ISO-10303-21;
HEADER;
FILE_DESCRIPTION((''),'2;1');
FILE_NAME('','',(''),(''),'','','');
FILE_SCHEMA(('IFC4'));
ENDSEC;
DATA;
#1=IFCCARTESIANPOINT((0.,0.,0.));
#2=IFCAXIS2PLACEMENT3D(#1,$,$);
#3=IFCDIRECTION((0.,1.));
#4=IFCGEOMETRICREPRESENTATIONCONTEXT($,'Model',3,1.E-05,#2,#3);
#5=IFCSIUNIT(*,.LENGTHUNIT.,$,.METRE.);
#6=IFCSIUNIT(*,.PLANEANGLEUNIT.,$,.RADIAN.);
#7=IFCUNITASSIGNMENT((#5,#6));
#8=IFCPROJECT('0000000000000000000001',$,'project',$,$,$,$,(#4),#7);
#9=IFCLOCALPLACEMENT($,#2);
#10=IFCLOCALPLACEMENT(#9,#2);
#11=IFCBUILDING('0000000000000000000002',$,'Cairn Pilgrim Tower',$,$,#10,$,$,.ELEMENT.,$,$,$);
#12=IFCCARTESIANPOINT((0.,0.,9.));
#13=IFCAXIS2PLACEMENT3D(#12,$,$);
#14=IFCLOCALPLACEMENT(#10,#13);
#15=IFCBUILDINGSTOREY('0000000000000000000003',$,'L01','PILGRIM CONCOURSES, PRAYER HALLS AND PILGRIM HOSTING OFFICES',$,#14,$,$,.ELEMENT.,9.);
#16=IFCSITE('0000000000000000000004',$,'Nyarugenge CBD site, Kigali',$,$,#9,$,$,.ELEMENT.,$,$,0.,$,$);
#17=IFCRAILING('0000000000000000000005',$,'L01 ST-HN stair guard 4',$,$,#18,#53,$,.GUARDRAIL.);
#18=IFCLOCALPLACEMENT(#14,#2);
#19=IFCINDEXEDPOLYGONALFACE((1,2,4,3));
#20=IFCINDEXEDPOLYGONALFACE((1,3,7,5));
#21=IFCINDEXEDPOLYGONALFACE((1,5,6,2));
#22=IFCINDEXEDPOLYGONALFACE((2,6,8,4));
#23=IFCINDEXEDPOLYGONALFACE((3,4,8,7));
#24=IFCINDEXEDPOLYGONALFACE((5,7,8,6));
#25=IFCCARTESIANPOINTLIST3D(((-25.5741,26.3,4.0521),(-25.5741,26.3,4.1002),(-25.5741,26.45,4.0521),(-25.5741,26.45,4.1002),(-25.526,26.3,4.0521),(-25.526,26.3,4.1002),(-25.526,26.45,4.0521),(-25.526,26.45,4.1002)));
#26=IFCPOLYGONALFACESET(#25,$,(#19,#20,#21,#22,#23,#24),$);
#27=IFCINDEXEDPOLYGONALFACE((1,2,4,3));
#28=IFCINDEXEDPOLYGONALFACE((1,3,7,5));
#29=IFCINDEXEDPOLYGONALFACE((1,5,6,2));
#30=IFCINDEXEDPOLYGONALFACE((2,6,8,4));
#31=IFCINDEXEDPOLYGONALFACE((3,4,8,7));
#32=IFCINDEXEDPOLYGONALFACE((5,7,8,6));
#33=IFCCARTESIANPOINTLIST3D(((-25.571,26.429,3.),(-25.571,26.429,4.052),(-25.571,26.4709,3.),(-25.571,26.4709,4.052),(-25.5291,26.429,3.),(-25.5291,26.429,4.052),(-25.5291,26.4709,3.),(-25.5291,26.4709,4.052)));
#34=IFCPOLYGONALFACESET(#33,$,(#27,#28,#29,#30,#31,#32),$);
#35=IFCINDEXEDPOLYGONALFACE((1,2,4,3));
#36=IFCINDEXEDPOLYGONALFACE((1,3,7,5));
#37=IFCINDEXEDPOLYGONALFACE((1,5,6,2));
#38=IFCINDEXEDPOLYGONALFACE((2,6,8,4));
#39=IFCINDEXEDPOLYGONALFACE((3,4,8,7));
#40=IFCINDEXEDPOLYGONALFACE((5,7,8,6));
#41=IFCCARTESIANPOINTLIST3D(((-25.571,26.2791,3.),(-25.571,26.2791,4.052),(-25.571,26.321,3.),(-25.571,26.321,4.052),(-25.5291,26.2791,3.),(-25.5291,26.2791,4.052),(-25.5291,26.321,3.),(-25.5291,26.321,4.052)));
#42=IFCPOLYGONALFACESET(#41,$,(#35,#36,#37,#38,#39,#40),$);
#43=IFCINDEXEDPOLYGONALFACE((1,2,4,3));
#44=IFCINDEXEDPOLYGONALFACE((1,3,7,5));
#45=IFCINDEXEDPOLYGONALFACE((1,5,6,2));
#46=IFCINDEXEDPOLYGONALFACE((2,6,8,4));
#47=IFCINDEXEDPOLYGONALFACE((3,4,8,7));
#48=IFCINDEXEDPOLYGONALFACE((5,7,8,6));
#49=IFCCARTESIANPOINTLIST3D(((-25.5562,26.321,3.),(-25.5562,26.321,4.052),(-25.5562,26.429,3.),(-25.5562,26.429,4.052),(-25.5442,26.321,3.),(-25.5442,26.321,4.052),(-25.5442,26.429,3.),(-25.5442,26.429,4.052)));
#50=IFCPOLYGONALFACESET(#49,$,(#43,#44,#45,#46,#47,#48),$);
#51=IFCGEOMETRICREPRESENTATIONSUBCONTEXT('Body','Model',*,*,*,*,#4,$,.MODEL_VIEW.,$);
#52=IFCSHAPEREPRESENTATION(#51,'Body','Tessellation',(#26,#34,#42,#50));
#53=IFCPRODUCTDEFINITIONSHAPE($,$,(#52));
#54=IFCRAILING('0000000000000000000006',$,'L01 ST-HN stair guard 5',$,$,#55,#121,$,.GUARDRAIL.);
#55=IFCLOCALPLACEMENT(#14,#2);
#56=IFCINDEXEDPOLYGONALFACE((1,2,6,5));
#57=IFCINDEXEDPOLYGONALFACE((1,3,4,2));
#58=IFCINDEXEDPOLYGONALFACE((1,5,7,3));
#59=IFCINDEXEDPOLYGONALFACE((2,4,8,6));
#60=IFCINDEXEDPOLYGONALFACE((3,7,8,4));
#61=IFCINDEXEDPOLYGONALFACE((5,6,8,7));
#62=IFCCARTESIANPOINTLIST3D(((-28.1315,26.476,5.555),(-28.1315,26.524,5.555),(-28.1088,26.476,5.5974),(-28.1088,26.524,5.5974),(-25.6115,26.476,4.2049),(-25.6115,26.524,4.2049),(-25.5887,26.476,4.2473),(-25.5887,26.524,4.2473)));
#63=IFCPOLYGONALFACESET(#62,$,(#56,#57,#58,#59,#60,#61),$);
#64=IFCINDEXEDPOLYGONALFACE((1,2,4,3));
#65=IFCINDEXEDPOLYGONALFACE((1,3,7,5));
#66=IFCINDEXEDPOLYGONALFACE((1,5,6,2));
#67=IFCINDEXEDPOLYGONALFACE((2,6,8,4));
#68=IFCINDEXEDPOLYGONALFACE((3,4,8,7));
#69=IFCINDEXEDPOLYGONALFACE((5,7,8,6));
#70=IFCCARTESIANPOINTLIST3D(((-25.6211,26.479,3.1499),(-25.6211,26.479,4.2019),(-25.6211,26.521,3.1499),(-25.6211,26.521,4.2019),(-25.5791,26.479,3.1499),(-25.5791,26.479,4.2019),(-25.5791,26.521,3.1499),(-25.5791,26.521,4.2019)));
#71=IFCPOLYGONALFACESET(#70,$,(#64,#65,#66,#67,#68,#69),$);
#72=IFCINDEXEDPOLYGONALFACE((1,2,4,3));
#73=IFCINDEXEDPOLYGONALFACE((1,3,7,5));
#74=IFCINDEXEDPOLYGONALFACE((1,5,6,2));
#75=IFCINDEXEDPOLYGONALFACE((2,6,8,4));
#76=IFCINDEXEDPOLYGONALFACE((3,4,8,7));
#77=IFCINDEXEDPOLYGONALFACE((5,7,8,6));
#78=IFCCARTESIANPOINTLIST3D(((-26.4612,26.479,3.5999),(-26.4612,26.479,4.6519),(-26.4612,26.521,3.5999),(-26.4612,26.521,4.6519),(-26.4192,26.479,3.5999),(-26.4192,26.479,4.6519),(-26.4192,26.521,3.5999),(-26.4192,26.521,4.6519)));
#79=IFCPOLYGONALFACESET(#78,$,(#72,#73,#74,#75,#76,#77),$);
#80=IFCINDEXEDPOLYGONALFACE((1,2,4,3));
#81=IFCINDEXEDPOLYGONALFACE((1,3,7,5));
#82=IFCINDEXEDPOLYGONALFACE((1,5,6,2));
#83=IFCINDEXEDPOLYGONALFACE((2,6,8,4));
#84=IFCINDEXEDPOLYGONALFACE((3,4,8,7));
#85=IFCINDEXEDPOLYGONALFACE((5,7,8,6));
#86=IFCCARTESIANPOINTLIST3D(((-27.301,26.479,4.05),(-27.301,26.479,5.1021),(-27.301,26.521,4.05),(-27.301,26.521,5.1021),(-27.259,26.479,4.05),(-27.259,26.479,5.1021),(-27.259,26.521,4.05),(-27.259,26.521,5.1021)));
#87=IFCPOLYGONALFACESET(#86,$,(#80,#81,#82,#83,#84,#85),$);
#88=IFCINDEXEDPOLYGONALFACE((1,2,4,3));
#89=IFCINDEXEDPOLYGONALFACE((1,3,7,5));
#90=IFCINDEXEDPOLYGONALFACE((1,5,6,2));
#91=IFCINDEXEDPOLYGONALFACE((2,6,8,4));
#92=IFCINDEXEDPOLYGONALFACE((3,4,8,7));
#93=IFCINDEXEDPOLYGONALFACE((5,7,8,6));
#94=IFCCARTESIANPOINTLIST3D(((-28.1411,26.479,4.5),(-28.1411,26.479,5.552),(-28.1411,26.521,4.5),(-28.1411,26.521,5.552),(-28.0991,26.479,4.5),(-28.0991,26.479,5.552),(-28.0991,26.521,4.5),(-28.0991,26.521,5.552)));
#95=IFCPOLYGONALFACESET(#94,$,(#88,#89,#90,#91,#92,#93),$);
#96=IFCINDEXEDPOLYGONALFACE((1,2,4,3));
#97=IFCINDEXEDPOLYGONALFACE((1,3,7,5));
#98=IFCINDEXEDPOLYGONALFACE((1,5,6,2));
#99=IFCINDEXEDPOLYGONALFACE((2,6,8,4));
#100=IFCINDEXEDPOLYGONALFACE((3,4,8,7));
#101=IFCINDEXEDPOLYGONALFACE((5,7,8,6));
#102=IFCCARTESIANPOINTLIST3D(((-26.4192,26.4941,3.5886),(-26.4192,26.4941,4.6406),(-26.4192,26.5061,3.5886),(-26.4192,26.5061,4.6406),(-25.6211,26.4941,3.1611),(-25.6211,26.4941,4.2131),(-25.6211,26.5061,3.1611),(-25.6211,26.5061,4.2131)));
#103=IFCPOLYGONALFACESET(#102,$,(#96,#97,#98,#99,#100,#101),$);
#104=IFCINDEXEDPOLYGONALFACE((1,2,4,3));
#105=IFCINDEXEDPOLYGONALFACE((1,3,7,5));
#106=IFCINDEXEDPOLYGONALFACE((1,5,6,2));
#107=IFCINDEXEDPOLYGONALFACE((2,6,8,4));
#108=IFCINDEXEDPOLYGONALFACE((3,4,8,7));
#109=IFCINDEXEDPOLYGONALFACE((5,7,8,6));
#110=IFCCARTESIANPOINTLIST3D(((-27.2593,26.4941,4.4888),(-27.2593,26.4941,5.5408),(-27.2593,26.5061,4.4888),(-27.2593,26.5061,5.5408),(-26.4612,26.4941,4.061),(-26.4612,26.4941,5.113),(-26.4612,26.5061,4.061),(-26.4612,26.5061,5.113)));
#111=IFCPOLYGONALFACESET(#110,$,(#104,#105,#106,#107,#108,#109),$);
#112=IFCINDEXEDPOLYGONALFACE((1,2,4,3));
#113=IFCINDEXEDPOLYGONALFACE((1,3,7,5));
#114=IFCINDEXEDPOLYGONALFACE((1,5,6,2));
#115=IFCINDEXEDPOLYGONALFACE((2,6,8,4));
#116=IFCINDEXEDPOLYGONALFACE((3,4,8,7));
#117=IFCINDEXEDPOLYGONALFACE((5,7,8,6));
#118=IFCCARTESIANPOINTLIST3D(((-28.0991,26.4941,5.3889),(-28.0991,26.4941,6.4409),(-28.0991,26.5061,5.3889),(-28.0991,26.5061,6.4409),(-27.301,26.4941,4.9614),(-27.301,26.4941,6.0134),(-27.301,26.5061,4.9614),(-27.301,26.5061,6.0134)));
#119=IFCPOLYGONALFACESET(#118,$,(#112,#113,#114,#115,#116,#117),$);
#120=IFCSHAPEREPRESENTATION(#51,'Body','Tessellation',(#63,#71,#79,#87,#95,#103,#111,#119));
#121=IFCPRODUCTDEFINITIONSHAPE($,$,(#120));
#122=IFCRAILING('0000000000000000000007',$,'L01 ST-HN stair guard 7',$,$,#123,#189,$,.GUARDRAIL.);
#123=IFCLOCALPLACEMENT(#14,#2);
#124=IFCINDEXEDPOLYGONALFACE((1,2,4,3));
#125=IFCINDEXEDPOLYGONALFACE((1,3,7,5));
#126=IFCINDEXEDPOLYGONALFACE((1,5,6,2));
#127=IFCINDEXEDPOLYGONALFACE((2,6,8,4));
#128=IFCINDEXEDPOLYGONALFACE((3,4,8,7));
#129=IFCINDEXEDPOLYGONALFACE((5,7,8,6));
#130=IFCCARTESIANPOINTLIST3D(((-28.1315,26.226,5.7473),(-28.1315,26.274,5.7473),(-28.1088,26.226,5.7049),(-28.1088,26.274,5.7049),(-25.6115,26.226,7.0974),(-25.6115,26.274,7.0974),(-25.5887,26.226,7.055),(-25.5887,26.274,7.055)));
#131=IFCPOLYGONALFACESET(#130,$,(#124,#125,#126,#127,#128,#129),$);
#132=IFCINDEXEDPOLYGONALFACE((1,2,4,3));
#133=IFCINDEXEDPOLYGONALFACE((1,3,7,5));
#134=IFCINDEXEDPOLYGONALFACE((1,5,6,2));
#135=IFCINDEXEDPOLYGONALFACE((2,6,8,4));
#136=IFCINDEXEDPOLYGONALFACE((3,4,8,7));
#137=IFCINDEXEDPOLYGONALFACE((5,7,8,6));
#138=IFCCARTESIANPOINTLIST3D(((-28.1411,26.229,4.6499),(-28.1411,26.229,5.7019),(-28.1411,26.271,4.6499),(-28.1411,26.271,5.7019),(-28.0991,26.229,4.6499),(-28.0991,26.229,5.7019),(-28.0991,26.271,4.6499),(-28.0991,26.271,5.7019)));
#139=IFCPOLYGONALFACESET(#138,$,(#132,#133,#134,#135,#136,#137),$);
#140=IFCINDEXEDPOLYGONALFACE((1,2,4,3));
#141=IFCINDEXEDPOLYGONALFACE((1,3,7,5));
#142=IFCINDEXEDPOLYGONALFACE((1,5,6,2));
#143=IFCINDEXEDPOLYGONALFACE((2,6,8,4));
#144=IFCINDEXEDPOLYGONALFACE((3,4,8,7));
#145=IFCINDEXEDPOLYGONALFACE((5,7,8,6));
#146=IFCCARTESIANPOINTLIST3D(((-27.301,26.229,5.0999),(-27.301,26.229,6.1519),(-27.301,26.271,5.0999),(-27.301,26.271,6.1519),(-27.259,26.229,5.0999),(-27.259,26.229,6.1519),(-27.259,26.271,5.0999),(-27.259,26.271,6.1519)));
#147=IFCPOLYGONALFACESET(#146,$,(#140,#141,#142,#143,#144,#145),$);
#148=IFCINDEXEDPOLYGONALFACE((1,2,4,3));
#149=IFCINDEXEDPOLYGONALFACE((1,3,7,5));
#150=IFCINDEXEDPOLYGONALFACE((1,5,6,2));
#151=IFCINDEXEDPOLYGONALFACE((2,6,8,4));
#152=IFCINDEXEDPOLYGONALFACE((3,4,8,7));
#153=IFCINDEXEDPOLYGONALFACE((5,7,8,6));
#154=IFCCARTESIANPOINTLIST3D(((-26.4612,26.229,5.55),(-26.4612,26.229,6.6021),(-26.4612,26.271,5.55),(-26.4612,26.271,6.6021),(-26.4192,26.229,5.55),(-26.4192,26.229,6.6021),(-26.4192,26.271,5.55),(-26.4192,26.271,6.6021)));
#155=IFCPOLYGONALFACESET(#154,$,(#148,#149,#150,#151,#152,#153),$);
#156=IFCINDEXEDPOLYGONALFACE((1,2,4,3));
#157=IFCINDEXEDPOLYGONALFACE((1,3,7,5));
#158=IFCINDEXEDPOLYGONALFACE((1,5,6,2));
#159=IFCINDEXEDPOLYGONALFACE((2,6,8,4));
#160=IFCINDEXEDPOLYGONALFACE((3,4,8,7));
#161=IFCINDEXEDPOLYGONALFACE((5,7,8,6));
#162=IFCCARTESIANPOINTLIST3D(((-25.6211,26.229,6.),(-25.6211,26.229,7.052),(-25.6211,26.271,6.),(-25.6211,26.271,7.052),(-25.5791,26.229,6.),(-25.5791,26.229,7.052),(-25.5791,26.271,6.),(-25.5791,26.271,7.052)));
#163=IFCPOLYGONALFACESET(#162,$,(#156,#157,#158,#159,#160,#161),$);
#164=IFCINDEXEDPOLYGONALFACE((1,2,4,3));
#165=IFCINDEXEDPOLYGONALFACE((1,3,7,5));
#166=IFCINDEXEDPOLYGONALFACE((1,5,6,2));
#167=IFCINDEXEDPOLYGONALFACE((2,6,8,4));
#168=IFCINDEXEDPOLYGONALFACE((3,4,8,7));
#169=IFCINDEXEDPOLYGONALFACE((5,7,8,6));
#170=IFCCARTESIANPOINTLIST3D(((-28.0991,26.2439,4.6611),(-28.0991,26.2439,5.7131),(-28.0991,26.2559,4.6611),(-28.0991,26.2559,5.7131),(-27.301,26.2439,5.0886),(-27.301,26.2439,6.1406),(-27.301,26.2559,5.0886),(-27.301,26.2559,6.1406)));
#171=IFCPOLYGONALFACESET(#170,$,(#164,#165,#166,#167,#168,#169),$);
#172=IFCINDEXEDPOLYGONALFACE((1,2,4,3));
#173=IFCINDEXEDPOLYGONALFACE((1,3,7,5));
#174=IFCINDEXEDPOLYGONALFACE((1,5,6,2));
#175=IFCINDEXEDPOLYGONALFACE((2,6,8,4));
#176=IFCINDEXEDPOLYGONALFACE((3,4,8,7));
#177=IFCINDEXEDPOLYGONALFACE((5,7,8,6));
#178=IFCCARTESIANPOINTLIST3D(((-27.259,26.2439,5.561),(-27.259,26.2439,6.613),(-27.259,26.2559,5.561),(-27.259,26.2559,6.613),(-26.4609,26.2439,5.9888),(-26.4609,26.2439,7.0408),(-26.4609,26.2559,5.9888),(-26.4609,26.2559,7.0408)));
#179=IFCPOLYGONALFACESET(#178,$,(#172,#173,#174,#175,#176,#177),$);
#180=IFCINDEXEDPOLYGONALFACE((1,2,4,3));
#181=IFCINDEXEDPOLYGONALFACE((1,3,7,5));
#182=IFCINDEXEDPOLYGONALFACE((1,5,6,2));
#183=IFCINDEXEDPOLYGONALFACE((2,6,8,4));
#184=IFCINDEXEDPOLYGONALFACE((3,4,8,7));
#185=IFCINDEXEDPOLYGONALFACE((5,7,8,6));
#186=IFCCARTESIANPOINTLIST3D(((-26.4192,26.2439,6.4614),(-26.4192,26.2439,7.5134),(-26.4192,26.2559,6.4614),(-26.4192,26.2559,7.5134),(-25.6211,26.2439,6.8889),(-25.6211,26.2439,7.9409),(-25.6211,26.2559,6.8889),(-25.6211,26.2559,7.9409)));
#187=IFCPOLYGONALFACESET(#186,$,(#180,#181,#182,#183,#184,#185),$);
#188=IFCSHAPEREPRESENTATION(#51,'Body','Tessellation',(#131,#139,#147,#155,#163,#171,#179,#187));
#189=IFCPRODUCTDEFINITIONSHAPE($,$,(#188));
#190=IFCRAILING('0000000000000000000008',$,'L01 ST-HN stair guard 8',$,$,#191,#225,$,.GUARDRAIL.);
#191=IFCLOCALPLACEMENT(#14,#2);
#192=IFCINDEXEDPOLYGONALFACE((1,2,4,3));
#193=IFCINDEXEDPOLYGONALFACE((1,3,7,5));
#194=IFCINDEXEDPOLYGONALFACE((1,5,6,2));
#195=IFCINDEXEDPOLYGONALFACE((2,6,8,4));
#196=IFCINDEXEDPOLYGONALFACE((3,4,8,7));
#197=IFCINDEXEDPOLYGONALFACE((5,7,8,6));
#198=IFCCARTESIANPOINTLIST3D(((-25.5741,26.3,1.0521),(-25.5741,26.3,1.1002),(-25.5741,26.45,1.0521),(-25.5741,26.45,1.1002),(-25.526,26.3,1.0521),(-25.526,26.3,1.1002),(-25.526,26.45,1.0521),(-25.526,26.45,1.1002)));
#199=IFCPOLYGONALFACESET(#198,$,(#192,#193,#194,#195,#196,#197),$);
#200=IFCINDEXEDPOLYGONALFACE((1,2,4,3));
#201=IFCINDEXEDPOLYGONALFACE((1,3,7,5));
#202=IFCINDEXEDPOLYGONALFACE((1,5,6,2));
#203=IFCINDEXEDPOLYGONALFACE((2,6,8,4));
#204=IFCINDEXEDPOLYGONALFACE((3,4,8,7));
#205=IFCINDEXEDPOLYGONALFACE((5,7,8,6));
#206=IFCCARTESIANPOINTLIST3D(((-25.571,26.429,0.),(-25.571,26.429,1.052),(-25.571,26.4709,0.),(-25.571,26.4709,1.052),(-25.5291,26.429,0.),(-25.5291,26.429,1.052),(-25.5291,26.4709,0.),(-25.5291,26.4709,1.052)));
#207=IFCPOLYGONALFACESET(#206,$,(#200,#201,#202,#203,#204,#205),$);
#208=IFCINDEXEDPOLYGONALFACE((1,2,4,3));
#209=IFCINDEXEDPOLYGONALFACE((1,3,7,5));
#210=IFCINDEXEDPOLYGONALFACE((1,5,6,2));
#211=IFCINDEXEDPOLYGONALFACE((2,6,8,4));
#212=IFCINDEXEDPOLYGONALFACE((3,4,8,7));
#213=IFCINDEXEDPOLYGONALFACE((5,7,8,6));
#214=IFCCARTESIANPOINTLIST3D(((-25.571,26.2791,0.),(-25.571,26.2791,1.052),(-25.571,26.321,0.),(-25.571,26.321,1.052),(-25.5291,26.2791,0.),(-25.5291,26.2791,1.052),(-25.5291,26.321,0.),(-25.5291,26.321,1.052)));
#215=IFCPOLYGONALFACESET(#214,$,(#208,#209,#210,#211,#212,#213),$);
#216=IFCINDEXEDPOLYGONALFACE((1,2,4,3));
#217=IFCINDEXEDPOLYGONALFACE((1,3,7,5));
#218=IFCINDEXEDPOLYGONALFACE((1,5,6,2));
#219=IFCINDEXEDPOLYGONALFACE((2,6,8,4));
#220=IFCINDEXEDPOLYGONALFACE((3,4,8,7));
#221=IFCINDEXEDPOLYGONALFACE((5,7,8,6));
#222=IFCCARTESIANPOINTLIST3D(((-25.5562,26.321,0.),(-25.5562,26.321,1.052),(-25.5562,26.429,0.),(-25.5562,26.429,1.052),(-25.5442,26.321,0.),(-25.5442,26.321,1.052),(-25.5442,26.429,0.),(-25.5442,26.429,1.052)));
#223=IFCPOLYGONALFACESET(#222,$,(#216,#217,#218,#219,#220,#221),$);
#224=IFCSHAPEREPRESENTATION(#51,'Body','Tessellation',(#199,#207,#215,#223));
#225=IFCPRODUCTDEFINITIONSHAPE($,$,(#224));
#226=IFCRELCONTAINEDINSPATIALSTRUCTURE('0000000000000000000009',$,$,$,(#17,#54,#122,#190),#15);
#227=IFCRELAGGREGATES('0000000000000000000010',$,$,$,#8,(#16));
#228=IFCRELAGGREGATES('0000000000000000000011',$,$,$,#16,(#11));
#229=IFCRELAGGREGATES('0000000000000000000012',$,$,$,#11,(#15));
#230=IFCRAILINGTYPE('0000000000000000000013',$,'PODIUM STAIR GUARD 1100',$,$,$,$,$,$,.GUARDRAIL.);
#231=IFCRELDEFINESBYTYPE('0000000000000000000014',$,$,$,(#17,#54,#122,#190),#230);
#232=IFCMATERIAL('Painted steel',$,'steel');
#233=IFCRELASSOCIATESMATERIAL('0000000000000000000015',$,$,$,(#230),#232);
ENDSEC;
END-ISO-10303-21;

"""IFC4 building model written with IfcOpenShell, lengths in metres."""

from ifc_helpers import new_model, si_unit, direction, frame, origin, origin_2d, place, context, subcontext, project, spatial, polyline, rectangle, outline, extrude, material, type_object, element, save


model = new_model("IFC4")

# Units and contexts
model_context = context("Model", 3, precision=1e-05, world=origin(), true_north=direction((0.0, 1.0)))
body_context = subcontext(model_context, "Body", "Model", "MODEL_VIEW")
ifc_project = project(units=[si_unit("LENGTHUNIT", "METRE"), si_unit("PLANEANGLEUNIT", "RADIAN")], contexts=[model_context])

# Site, building, storey
site_placement = place(None, origin())
site = spatial("IfcSite", under=ifc_project, at=site_placement, Name="Nyarugenge CBD site, Kigali", CompositionType="ELEMENT", RefElevation=0.0)
building_placement = place(site_placement, origin())
building = spatial("IfcBuilding", under=site, at=building_placement, Name="Cairn Pilgrim Tower", CompositionType="ELEMENT")
storey_placement = place(building_placement, frame((0.0, 0.0, 9.0)))
storey = spatial("IfcBuildingStorey", under=building, at=storey_placement, Name="L01", Description="PILGRIM CONCOURSES, PRAYER HALLS AND PILGRIM HOSTING OFFICES", CompositionType="ELEMENT", Elevation=9.0)

# Railings
ifc_material_1 = material(Name="Painted steel", Category="steel")
railing_type_1 = type_object("IfcRailingType", Name="PODIUM STAIR GUARD 1100", PredefinedType="GUARDRAIL", material=ifc_material_1)
railing_1_placement = place(storey_placement, frame((-25.55, 26.45, 3.0)))
element("IfcRailing", 1, at=railing_1_placement, inside=storey, type_object=railing_type_1, Name="L01 ST-HN stair guard 4", PredefinedType="GUARDRAIL", context=body_context, shape_type="SweptSolid", body=[
    extrude(rectangle(XDim=0.0481, YDim=0.0481, at=origin_2d()), frame((0.0, 0.0, 1.0762), z_axis=(0.0, -1.0, 0.0), x_axis=(1.0, 0.0, 0.0)), (0.0, 0.0, 1.0), 0.1499),
    extrude(rectangle(XDim=0.042, YDim=0.042, at=origin_2d()), origin(), (0.0, 0.0, 1.0), 1.052),
    extrude(rectangle(XDim=0.042, YDim=0.042, at=origin_2d()), frame((0.0, -0.1499, 0.0)), (0.0, 0.0, 1.0), 1.052),
    extrude(outline(polyline([(0.021, 0.0), (0.1289, 0.0), (0.1289, 1.052), (0.021, 1.052), (0.021, 0.0)])), frame((0.0059, 0.0, 0.0), z_axis=(-1.0, 0.0, 0.0), x_axis=(0.0, -1.0, 0.0)), (0.0, 0.0, 1.0), 0.012),
])
railing_2_placement = place(storey_placement, frame((-25.6001, 26.5, 3.1499)))
element("IfcRailing", 2, at=railing_2_placement, inside=storey, type_object=railing_type_1, Name="L01 ST-HN stair guard 5", PredefinedType="GUARDRAIL", context=body_context, shape_type="SweptSolid", body=[
    extrude(rectangle(XDim=0.0481, YDim=0.0481, at=origin_2d()), frame((0.0, 0.0, 1.0762), z_axis=(-0.881467, 0.0, 0.472245), x_axis=(0.0, -1.0, 0.0)), (0.0, 0.0, 1.0), 2.8589),
    extrude(rectangle(XDim=0.042, YDim=0.042, at=origin_2d()), origin(), (0.0, 0.0, 1.0), 1.052),
    extrude(rectangle(XDim=0.042, YDim=0.042, at=origin_2d()), frame((-0.8401, 0.0, 0.45)), (0.0, 0.0, 1.0), 1.052),
    extrude(rectangle(XDim=0.042, YDim=0.042, at=origin_2d()), frame((-1.6799, 0.0, 0.9001)), (0.0, 0.0, 1.0), 1.052),
    extrude(rectangle(XDim=0.042, YDim=0.042, at=origin_2d()), frame((-2.52, 0.0, 1.3501)), (0.0, 0.0, 1.0), 1.052),
    extrude(outline(polyline([(0.021, 0.0112), (0.8191, 0.4387), (0.8191, 1.4907), (0.021, 1.0632), (0.021, 0.0112)])), frame((0.0, -0.0059, 0.0), z_axis=(0.0, 1.0, 0.0), x_axis=(-1.0, 0.0, 0.0)), (0.0, 0.0, 1.0), 0.012),
    extrude(outline(polyline([(0.021, 0.4612), (0.8191, 0.8889), (0.8191, 1.9409), (0.021, 1.5132), (0.021, 0.4612)])), frame((-0.8401, -0.0059, 0.45), z_axis=(0.0, 1.0, 0.0), x_axis=(-1.0, 0.0, 0.0)), (0.0, 0.0, 1.0), 0.012),
    extrude(outline(polyline([(0.021, 0.9114), (0.8191, 1.3389), (0.8191, 2.3909), (0.021, 1.9634), (0.021, 0.9114)])), frame((-1.6799, -0.0059, 0.9001), z_axis=(0.0, 1.0, 0.0), x_axis=(-1.0, 0.0, 0.0)), (0.0, 0.0, 1.0), 0.012),
])
railing_3_placement = place(storey_placement, frame((-28.1201, 26.25, 4.6499)))
element("IfcRailing", 3, at=railing_3_placement, inside=storey, type_object=railing_type_1, Name="L01 ST-HN stair guard 7", PredefinedType="GUARDRAIL", context=body_context, shape_type="SweptSolid", body=[
    extrude(rectangle(XDim=0.0481, YDim=0.0481, at=origin_2d()), frame((0.0, 0.0, 1.0762), z_axis=(0.881467, 0.0, 0.472245), x_axis=(0.0, 1.0, 0.0)), (0.0, 0.0, 1.0), 2.8589),
    extrude(rectangle(XDim=0.042, YDim=0.042, at=origin_2d()), origin(), (0.0, 0.0, 1.0), 1.052),
    extrude(rectangle(XDim=0.042, YDim=0.042, at=origin_2d()), frame((0.8401, 0.0, 0.45)), (0.0, 0.0, 1.0), 1.052),
    extrude(rectangle(XDim=0.042, YDim=0.042, at=origin_2d()), frame((1.6799, 0.0, 0.9001)), (0.0, 0.0, 1.0), 1.052),
    extrude(rectangle(XDim=0.042, YDim=0.042, at=origin_2d()), frame((2.52, 0.0, 1.3501)), (0.0, 0.0, 1.0), 1.052),
    extrude(outline(polyline([(0.021, 0.0112), (0.8191, 0.4387), (0.8191, 1.4907), (0.021, 1.0632), (0.021, 0.0112)])), frame((0.0, 0.0059, 0.0), z_axis=(0.0, -1.0, 0.0), x_axis=(1.0, 0.0, 0.0)), (0.0, 0.0, 1.0), 0.012),
    extrude(outline(polyline([(0.021, 0.4612), (0.8191, 0.8889), (0.8191, 1.9409), (0.021, 1.5132), (0.021, 0.4612)])), frame((0.8401, 0.0059, 0.45), z_axis=(0.0, -1.0, 0.0), x_axis=(1.0, 0.0, 0.0)), (0.0, 0.0, 1.0), 0.012),
    extrude(outline(polyline([(0.021, 0.9114), (0.8191, 1.3389), (0.8191, 2.3909), (0.021, 1.9634), (0.021, 0.9114)])), frame((1.6799, 0.0059, 0.9001), z_axis=(0.0, -1.0, 0.0), x_axis=(1.0, 0.0, 0.0)), (0.0, 0.0, 1.0), 0.012),
])
railing_4_placement = place(storey_placement, frame((-25.55, 26.45, 0.0)))
element("IfcRailing", 4, at=railing_4_placement, inside=storey, type_object=railing_type_1, Name="L01 ST-HN stair guard 8", PredefinedType="GUARDRAIL", context=body_context, shape_type="SweptSolid", body=[
    extrude(rectangle(XDim=0.0481, YDim=0.0481, at=origin_2d()), frame((0.0, 0.0, 1.0762), z_axis=(0.0, -1.0, 0.0), x_axis=(1.0, 0.0, 0.0)), (0.0, 0.0, 1.0), 0.1499),
    extrude(rectangle(XDim=0.042, YDim=0.042, at=origin_2d()), origin(), (0.0, 0.0, 1.0), 1.052),
    extrude(rectangle(XDim=0.042, YDim=0.042, at=origin_2d()), frame((0.0, -0.1499, 0.0)), (0.0, 0.0, 1.0), 1.052),
    extrude(outline(polyline([(0.021, 0.0), (0.1289, 0.0), (0.1289, 1.052), (0.021, 1.052), (0.021, 0.0)])), frame((0.0059, 0.0, 0.0), z_axis=(-1.0, 0.0, 0.0), x_axis=(0.0, -1.0, 0.0)), (0.0, 0.0, 1.0), 0.012),
])

save(model, "model.ifc")
